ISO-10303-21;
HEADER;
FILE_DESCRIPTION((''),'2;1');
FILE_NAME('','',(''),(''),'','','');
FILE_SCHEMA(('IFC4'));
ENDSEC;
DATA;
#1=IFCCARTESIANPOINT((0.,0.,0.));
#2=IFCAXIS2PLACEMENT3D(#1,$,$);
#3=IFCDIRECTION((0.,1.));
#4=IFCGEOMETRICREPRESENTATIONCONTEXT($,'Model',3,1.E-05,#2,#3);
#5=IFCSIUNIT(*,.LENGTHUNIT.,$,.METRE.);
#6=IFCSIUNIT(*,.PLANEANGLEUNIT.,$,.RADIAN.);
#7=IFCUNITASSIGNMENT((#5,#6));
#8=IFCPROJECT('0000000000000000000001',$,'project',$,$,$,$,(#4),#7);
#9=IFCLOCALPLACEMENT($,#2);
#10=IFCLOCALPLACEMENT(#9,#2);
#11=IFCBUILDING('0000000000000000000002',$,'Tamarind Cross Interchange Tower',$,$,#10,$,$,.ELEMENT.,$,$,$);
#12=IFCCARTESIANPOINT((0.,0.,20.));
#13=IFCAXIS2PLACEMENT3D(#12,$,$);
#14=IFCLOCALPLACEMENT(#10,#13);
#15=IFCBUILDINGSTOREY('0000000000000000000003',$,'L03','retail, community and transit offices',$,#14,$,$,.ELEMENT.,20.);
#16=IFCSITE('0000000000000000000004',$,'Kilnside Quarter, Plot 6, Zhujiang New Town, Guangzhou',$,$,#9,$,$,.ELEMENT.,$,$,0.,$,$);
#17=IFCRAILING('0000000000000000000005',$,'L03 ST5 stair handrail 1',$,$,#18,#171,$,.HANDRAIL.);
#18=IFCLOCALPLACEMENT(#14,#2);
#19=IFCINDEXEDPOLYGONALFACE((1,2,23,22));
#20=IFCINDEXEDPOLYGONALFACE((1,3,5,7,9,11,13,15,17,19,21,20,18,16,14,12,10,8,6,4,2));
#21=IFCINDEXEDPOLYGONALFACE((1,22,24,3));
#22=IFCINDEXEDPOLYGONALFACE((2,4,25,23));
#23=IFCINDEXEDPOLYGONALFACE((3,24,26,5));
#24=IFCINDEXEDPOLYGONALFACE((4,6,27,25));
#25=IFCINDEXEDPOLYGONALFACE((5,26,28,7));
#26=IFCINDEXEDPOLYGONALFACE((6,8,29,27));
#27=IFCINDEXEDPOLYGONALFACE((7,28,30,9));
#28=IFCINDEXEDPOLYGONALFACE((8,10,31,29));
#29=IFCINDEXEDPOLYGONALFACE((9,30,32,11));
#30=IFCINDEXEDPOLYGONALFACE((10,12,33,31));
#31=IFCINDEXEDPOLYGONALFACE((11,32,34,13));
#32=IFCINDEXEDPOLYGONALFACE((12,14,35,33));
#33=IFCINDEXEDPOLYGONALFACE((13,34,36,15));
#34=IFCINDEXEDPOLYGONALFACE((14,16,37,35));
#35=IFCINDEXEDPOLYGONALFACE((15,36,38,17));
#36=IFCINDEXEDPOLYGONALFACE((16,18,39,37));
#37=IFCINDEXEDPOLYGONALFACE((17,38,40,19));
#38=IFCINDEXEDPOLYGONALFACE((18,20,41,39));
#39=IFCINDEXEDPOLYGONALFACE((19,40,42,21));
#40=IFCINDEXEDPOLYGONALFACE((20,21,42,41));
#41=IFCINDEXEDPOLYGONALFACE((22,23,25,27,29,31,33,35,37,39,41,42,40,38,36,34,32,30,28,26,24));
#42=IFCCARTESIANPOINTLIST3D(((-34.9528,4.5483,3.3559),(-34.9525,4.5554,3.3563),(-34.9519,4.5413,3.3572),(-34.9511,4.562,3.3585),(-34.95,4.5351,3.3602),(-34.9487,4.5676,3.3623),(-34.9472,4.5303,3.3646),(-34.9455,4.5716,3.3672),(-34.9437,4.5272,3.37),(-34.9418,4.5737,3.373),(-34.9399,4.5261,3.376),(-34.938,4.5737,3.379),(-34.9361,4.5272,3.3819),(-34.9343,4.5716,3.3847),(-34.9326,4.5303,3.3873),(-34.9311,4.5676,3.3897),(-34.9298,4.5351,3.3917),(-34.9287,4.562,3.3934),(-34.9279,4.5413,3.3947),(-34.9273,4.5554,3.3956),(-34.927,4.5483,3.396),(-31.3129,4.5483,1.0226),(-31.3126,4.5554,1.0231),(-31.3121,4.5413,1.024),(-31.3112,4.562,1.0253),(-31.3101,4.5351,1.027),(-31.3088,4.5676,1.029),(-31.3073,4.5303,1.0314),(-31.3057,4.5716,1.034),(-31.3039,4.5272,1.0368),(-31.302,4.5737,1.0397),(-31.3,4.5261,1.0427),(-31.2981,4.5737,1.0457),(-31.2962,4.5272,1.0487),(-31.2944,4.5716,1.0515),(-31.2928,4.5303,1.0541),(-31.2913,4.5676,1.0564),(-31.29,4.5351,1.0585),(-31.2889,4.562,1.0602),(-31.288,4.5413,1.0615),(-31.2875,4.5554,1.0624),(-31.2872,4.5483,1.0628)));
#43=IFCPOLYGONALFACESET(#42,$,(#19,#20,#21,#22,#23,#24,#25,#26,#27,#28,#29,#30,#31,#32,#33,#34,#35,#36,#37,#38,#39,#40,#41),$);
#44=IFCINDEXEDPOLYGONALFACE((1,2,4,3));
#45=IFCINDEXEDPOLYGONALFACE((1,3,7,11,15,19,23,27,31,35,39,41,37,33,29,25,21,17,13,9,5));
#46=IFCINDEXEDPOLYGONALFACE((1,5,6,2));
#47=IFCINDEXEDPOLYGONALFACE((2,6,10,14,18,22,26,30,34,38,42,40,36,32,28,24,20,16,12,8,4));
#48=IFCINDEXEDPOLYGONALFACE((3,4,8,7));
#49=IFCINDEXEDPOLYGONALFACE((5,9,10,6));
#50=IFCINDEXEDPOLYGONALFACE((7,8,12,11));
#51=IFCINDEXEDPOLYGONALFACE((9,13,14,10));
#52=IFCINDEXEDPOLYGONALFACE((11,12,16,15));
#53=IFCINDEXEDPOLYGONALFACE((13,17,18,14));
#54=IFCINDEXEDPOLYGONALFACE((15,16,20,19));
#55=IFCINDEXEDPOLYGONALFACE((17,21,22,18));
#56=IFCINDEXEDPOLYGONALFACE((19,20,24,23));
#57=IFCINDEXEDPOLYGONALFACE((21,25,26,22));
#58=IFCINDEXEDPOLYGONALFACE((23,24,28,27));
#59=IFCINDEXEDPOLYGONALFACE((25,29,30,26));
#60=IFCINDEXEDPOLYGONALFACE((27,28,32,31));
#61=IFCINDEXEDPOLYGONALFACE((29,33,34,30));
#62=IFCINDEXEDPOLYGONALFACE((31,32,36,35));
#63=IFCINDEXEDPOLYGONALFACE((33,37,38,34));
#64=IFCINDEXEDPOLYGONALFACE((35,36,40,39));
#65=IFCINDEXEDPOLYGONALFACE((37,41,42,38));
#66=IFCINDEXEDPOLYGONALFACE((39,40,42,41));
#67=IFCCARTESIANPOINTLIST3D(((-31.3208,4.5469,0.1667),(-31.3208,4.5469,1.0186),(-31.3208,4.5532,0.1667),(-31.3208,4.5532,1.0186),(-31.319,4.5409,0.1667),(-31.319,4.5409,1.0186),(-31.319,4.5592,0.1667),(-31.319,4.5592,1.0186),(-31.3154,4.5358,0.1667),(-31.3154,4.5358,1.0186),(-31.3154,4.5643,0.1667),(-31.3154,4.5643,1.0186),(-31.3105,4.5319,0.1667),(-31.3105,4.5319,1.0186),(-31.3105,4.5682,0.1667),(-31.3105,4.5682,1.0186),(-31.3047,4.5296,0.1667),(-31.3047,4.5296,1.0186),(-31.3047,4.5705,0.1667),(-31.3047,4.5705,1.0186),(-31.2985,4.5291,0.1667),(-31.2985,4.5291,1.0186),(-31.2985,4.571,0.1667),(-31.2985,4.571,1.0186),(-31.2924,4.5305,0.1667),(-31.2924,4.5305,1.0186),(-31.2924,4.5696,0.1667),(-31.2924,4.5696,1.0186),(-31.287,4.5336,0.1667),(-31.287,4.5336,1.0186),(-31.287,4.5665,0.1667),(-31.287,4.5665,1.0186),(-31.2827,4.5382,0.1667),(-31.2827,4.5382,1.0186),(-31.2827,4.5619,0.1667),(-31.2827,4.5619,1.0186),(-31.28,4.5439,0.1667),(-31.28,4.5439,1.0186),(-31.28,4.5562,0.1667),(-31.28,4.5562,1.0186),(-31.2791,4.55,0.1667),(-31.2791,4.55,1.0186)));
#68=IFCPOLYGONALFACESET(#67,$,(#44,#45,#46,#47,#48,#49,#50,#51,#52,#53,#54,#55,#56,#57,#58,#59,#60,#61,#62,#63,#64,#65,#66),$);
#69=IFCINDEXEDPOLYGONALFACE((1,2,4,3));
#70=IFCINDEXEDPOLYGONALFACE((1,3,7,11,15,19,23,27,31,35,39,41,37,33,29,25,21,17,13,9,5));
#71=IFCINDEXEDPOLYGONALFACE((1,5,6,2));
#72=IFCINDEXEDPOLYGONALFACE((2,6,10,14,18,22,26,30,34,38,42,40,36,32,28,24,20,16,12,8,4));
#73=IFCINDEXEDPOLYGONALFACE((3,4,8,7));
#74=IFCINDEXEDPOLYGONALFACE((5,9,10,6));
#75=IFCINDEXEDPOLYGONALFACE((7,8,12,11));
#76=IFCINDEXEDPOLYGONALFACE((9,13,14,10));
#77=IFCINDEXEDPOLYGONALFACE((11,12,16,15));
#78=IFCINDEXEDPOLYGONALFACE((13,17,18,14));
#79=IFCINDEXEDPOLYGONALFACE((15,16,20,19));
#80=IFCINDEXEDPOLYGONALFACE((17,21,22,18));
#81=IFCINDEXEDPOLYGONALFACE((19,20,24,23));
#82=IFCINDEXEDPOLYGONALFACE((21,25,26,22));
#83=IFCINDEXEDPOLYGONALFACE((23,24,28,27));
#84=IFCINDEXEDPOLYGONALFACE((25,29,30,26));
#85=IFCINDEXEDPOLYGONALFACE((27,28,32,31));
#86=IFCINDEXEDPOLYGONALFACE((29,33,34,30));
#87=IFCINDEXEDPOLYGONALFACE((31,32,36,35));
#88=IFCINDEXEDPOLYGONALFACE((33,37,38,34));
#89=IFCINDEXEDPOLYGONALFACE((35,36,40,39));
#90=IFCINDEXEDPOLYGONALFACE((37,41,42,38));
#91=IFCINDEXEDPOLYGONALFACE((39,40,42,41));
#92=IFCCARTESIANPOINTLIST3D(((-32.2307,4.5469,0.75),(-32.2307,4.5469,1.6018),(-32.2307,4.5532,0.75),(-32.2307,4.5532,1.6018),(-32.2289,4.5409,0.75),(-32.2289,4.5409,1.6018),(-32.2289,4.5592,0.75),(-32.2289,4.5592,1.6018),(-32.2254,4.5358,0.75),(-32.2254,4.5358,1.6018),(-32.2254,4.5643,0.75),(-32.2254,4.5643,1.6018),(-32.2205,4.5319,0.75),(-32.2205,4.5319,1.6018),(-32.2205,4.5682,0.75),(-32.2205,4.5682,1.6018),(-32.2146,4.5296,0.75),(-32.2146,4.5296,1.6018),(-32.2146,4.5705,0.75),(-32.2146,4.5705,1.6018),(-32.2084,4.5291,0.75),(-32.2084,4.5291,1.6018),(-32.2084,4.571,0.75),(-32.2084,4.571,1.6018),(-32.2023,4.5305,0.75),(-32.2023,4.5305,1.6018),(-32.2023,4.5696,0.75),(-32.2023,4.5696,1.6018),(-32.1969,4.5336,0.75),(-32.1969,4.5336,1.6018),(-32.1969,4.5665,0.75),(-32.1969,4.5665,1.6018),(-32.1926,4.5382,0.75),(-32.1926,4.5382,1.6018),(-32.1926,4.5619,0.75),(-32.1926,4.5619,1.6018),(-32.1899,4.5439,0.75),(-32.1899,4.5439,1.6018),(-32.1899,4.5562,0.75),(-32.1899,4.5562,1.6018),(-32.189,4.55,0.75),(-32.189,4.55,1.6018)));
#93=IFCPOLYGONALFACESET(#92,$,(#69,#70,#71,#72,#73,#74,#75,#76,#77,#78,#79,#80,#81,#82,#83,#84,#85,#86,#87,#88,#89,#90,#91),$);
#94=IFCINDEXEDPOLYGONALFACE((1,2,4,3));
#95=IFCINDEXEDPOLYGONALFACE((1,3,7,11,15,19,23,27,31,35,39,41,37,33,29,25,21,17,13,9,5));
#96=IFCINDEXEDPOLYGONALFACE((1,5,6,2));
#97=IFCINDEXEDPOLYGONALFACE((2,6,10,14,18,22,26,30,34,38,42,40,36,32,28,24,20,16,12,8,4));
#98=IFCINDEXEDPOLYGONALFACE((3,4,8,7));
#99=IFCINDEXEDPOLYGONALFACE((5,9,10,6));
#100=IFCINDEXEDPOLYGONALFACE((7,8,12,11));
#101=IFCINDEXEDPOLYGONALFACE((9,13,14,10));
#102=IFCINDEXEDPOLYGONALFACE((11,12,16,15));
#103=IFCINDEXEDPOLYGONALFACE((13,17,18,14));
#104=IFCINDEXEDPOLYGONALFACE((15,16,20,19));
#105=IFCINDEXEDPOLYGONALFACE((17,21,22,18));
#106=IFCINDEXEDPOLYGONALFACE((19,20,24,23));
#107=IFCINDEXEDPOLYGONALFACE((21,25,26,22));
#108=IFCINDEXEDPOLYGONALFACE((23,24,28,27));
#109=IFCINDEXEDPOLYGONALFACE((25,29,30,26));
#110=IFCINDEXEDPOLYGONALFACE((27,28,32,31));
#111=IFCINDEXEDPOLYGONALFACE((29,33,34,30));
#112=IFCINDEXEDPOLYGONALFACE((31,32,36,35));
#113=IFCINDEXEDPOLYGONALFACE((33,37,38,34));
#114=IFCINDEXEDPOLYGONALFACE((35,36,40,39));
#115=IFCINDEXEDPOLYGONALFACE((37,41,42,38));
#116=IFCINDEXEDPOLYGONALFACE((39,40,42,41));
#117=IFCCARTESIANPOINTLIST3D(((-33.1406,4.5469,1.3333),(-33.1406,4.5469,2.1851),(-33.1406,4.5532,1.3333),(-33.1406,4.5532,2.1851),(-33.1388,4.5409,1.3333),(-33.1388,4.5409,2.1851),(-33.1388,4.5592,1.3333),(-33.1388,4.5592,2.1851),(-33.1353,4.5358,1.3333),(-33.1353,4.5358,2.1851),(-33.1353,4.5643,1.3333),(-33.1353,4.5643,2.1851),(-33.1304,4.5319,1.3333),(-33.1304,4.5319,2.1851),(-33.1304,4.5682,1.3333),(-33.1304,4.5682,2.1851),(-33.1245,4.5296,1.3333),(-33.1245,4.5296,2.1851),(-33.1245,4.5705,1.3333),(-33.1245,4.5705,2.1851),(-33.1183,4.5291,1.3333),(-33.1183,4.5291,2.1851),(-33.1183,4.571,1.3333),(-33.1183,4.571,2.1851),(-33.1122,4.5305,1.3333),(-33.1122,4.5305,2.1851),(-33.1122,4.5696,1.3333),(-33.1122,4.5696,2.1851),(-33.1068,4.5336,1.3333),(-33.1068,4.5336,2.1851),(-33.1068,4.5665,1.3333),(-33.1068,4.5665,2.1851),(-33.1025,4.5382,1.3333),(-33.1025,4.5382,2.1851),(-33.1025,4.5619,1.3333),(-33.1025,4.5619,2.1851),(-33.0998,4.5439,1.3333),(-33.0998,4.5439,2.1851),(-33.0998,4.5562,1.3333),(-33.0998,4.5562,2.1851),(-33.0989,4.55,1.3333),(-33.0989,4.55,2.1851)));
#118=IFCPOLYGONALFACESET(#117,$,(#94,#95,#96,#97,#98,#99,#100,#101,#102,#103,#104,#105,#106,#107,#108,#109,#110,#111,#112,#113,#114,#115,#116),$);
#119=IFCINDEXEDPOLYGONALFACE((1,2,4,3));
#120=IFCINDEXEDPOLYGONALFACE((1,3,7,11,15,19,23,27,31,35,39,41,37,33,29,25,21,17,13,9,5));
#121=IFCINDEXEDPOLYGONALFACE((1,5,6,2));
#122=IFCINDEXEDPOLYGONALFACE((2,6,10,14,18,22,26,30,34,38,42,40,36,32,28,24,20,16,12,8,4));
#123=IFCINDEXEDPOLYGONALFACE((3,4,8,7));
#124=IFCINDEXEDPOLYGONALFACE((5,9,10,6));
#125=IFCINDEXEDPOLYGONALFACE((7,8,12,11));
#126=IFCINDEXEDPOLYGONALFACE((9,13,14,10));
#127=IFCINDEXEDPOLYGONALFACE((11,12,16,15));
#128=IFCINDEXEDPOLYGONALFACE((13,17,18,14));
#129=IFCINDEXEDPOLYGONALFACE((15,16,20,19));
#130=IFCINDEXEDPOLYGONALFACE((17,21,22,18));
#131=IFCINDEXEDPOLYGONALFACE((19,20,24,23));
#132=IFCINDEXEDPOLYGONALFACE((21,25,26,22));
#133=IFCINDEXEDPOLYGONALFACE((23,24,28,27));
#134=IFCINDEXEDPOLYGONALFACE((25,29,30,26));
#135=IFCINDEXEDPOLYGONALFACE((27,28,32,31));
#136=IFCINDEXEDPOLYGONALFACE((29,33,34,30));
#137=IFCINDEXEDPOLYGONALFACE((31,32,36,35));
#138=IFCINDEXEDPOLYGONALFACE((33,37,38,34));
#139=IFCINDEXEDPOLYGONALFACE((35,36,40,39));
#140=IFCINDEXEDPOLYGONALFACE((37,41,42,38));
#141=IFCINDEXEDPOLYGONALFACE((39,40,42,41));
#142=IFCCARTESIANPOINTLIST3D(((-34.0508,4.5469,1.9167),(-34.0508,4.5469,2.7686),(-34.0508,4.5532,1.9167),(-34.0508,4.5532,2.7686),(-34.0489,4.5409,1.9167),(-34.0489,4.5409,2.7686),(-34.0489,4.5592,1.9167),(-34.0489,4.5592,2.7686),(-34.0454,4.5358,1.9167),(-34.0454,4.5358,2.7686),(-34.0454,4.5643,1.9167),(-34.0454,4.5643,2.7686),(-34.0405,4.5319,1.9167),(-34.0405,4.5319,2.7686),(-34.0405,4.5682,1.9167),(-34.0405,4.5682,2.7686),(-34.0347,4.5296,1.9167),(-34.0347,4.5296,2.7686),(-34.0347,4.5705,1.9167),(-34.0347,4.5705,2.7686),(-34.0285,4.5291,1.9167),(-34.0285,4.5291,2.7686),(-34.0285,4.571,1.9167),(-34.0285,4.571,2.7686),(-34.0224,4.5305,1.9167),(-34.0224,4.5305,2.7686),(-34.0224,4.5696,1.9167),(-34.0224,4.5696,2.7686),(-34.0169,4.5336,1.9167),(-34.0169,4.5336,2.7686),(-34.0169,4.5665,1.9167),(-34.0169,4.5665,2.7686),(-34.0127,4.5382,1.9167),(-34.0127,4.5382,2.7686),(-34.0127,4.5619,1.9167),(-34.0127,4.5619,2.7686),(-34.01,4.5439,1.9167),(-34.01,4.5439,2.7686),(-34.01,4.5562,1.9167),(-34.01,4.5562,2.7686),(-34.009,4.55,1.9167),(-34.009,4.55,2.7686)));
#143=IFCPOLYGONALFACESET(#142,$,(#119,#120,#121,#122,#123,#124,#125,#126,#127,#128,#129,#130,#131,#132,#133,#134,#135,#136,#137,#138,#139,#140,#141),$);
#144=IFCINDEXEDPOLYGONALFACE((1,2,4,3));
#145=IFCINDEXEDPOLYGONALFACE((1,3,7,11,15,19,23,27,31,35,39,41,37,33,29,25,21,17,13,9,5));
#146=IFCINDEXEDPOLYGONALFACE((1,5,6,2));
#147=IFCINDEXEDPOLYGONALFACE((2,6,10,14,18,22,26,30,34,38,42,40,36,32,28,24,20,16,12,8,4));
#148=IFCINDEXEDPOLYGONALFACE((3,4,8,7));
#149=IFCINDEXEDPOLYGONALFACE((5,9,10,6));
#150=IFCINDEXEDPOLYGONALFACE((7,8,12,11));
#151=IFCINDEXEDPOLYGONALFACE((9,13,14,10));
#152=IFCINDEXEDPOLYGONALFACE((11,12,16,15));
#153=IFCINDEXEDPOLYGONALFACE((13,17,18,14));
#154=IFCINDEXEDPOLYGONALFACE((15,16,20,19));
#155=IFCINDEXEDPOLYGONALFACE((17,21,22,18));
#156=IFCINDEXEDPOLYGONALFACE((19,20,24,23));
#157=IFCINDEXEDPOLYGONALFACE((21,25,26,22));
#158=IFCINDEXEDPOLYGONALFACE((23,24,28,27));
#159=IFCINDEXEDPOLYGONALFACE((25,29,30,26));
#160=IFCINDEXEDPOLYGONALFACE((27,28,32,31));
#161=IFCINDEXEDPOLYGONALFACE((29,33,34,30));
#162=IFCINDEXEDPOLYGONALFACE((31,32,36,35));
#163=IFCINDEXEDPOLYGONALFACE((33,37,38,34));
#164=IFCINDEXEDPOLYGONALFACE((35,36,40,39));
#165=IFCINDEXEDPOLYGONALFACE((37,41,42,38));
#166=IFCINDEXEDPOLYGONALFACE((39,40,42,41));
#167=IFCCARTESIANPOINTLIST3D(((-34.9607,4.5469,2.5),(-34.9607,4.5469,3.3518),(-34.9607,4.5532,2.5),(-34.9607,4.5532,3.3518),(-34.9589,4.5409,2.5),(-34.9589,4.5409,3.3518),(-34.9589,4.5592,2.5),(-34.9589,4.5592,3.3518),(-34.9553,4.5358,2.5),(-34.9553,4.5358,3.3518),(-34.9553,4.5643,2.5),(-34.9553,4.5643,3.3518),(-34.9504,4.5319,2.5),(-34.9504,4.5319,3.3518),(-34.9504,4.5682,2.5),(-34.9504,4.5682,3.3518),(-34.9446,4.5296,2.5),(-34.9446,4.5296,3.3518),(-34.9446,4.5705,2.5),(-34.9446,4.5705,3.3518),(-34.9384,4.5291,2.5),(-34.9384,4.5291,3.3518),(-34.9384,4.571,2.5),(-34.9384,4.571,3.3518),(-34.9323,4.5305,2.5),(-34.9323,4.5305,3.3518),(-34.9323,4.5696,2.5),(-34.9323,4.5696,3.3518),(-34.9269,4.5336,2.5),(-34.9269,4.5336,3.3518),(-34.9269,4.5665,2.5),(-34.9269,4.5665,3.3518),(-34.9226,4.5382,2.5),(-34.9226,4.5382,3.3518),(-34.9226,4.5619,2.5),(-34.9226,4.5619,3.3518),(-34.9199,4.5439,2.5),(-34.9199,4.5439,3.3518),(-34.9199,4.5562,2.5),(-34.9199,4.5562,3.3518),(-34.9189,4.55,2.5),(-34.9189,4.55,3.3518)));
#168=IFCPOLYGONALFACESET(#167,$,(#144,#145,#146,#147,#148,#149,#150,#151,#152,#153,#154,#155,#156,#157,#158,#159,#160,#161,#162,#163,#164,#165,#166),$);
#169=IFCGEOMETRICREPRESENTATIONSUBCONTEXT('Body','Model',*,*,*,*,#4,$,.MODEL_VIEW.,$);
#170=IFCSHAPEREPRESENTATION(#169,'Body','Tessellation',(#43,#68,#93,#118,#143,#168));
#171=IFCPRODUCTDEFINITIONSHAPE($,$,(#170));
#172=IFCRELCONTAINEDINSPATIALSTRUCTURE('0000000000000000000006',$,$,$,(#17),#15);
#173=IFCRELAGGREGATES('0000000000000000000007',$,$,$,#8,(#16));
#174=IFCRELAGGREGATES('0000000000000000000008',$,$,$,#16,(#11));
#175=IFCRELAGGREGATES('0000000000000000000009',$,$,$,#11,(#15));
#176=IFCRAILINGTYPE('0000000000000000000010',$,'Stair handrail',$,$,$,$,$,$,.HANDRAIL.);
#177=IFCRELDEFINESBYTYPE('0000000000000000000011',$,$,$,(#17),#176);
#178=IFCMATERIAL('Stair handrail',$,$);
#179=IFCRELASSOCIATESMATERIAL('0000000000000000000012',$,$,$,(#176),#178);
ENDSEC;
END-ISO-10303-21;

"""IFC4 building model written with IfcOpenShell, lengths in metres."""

from ifc_helpers import new_model, si_unit, direction, frame, origin, origin_2d, place, context, subcontext, project, spatial, circle, extrude, material, type_object, element, save


model = new_model("IFC4")

# Units and contexts
model_context = context("Model", 3, precision=1e-05, world=origin(), true_north=direction((0.0, 1.0)))
body_context = subcontext(model_context, "Body", "Model", "MODEL_VIEW")
ifc_project = project(units=[si_unit("LENGTHUNIT", "METRE"), si_unit("PLANEANGLEUNIT", "RADIAN")], contexts=[model_context])

# Site, building, storey
site_placement = place(None, origin())
site = spatial("IfcSite", under=ifc_project, at=site_placement, Name="Kilnside Quarter, Plot 6, Zhujiang New Town, Guangzhou", CompositionType="ELEMENT", RefElevation=0.0)
building_placement = place(site_placement, origin())
building = spatial("IfcBuilding", under=site, at=building_placement, Name="Tamarind Cross Interchange Tower", CompositionType="ELEMENT")
storey_placement = place(building_placement, frame((0.0, 0.0, 20.0)))
storey = spatial("IfcBuildingStorey", under=building, at=storey_placement, Name="L03", Description="retail, community and transit offices", CompositionType="ELEMENT", Elevation=20.0)

# Railing
ifc_material_1 = material(Name="Stair handrail")
railing_type_1 = type_object("IfcRailingType", Name="Stair handrail", PredefinedType="HANDRAIL", material=ifc_material_1)
railing_1_placement = place(storey_placement, frame((-31.3, 4.55, 0.1667)))
element("IfcRailing", 1, at=railing_1_placement, inside=storey, type_object=railing_type_1, Name="L03 ST5 stair handrail 1", PredefinedType="HANDRAIL", context=body_context, shape_type="SweptSolid", body=[
    extrude(circle(Radius=0.0239, at=origin_2d()), frame((0.0, 0.0, 0.876), z_axis=(-0.84188, 0.0, 0.539664), x_axis=(0.0, -1.0, 0.0)), (0.0, 0.0, 1.0), 4.3235),
    extrude(circle(Radius=0.021, at=origin_2d()), origin(), (0.0, 0.0, 1.0), 0.8518),
    extrude(circle(Radius=0.021, at=origin_2d()), frame((-0.9099, 0.0, 0.5833)), (0.0, 0.0, 1.0), 0.8518),
    extrude(circle(Radius=0.021, at=origin_2d()), frame((-1.8198, 0.0, 1.1665)), (0.0, 0.0, 1.0), 0.8518),
    extrude(circle(Radius=0.021, at=origin_2d()), frame((-2.73, 0.0, 1.75)), (0.0, 0.0, 1.0), 0.8518),
    extrude(circle(Radius=0.021, at=origin_2d()), frame((-3.6399, 0.0, 2.3333)), (0.0, 0.0, 1.0), 0.8518),
])

save(model, "model.ifc")
